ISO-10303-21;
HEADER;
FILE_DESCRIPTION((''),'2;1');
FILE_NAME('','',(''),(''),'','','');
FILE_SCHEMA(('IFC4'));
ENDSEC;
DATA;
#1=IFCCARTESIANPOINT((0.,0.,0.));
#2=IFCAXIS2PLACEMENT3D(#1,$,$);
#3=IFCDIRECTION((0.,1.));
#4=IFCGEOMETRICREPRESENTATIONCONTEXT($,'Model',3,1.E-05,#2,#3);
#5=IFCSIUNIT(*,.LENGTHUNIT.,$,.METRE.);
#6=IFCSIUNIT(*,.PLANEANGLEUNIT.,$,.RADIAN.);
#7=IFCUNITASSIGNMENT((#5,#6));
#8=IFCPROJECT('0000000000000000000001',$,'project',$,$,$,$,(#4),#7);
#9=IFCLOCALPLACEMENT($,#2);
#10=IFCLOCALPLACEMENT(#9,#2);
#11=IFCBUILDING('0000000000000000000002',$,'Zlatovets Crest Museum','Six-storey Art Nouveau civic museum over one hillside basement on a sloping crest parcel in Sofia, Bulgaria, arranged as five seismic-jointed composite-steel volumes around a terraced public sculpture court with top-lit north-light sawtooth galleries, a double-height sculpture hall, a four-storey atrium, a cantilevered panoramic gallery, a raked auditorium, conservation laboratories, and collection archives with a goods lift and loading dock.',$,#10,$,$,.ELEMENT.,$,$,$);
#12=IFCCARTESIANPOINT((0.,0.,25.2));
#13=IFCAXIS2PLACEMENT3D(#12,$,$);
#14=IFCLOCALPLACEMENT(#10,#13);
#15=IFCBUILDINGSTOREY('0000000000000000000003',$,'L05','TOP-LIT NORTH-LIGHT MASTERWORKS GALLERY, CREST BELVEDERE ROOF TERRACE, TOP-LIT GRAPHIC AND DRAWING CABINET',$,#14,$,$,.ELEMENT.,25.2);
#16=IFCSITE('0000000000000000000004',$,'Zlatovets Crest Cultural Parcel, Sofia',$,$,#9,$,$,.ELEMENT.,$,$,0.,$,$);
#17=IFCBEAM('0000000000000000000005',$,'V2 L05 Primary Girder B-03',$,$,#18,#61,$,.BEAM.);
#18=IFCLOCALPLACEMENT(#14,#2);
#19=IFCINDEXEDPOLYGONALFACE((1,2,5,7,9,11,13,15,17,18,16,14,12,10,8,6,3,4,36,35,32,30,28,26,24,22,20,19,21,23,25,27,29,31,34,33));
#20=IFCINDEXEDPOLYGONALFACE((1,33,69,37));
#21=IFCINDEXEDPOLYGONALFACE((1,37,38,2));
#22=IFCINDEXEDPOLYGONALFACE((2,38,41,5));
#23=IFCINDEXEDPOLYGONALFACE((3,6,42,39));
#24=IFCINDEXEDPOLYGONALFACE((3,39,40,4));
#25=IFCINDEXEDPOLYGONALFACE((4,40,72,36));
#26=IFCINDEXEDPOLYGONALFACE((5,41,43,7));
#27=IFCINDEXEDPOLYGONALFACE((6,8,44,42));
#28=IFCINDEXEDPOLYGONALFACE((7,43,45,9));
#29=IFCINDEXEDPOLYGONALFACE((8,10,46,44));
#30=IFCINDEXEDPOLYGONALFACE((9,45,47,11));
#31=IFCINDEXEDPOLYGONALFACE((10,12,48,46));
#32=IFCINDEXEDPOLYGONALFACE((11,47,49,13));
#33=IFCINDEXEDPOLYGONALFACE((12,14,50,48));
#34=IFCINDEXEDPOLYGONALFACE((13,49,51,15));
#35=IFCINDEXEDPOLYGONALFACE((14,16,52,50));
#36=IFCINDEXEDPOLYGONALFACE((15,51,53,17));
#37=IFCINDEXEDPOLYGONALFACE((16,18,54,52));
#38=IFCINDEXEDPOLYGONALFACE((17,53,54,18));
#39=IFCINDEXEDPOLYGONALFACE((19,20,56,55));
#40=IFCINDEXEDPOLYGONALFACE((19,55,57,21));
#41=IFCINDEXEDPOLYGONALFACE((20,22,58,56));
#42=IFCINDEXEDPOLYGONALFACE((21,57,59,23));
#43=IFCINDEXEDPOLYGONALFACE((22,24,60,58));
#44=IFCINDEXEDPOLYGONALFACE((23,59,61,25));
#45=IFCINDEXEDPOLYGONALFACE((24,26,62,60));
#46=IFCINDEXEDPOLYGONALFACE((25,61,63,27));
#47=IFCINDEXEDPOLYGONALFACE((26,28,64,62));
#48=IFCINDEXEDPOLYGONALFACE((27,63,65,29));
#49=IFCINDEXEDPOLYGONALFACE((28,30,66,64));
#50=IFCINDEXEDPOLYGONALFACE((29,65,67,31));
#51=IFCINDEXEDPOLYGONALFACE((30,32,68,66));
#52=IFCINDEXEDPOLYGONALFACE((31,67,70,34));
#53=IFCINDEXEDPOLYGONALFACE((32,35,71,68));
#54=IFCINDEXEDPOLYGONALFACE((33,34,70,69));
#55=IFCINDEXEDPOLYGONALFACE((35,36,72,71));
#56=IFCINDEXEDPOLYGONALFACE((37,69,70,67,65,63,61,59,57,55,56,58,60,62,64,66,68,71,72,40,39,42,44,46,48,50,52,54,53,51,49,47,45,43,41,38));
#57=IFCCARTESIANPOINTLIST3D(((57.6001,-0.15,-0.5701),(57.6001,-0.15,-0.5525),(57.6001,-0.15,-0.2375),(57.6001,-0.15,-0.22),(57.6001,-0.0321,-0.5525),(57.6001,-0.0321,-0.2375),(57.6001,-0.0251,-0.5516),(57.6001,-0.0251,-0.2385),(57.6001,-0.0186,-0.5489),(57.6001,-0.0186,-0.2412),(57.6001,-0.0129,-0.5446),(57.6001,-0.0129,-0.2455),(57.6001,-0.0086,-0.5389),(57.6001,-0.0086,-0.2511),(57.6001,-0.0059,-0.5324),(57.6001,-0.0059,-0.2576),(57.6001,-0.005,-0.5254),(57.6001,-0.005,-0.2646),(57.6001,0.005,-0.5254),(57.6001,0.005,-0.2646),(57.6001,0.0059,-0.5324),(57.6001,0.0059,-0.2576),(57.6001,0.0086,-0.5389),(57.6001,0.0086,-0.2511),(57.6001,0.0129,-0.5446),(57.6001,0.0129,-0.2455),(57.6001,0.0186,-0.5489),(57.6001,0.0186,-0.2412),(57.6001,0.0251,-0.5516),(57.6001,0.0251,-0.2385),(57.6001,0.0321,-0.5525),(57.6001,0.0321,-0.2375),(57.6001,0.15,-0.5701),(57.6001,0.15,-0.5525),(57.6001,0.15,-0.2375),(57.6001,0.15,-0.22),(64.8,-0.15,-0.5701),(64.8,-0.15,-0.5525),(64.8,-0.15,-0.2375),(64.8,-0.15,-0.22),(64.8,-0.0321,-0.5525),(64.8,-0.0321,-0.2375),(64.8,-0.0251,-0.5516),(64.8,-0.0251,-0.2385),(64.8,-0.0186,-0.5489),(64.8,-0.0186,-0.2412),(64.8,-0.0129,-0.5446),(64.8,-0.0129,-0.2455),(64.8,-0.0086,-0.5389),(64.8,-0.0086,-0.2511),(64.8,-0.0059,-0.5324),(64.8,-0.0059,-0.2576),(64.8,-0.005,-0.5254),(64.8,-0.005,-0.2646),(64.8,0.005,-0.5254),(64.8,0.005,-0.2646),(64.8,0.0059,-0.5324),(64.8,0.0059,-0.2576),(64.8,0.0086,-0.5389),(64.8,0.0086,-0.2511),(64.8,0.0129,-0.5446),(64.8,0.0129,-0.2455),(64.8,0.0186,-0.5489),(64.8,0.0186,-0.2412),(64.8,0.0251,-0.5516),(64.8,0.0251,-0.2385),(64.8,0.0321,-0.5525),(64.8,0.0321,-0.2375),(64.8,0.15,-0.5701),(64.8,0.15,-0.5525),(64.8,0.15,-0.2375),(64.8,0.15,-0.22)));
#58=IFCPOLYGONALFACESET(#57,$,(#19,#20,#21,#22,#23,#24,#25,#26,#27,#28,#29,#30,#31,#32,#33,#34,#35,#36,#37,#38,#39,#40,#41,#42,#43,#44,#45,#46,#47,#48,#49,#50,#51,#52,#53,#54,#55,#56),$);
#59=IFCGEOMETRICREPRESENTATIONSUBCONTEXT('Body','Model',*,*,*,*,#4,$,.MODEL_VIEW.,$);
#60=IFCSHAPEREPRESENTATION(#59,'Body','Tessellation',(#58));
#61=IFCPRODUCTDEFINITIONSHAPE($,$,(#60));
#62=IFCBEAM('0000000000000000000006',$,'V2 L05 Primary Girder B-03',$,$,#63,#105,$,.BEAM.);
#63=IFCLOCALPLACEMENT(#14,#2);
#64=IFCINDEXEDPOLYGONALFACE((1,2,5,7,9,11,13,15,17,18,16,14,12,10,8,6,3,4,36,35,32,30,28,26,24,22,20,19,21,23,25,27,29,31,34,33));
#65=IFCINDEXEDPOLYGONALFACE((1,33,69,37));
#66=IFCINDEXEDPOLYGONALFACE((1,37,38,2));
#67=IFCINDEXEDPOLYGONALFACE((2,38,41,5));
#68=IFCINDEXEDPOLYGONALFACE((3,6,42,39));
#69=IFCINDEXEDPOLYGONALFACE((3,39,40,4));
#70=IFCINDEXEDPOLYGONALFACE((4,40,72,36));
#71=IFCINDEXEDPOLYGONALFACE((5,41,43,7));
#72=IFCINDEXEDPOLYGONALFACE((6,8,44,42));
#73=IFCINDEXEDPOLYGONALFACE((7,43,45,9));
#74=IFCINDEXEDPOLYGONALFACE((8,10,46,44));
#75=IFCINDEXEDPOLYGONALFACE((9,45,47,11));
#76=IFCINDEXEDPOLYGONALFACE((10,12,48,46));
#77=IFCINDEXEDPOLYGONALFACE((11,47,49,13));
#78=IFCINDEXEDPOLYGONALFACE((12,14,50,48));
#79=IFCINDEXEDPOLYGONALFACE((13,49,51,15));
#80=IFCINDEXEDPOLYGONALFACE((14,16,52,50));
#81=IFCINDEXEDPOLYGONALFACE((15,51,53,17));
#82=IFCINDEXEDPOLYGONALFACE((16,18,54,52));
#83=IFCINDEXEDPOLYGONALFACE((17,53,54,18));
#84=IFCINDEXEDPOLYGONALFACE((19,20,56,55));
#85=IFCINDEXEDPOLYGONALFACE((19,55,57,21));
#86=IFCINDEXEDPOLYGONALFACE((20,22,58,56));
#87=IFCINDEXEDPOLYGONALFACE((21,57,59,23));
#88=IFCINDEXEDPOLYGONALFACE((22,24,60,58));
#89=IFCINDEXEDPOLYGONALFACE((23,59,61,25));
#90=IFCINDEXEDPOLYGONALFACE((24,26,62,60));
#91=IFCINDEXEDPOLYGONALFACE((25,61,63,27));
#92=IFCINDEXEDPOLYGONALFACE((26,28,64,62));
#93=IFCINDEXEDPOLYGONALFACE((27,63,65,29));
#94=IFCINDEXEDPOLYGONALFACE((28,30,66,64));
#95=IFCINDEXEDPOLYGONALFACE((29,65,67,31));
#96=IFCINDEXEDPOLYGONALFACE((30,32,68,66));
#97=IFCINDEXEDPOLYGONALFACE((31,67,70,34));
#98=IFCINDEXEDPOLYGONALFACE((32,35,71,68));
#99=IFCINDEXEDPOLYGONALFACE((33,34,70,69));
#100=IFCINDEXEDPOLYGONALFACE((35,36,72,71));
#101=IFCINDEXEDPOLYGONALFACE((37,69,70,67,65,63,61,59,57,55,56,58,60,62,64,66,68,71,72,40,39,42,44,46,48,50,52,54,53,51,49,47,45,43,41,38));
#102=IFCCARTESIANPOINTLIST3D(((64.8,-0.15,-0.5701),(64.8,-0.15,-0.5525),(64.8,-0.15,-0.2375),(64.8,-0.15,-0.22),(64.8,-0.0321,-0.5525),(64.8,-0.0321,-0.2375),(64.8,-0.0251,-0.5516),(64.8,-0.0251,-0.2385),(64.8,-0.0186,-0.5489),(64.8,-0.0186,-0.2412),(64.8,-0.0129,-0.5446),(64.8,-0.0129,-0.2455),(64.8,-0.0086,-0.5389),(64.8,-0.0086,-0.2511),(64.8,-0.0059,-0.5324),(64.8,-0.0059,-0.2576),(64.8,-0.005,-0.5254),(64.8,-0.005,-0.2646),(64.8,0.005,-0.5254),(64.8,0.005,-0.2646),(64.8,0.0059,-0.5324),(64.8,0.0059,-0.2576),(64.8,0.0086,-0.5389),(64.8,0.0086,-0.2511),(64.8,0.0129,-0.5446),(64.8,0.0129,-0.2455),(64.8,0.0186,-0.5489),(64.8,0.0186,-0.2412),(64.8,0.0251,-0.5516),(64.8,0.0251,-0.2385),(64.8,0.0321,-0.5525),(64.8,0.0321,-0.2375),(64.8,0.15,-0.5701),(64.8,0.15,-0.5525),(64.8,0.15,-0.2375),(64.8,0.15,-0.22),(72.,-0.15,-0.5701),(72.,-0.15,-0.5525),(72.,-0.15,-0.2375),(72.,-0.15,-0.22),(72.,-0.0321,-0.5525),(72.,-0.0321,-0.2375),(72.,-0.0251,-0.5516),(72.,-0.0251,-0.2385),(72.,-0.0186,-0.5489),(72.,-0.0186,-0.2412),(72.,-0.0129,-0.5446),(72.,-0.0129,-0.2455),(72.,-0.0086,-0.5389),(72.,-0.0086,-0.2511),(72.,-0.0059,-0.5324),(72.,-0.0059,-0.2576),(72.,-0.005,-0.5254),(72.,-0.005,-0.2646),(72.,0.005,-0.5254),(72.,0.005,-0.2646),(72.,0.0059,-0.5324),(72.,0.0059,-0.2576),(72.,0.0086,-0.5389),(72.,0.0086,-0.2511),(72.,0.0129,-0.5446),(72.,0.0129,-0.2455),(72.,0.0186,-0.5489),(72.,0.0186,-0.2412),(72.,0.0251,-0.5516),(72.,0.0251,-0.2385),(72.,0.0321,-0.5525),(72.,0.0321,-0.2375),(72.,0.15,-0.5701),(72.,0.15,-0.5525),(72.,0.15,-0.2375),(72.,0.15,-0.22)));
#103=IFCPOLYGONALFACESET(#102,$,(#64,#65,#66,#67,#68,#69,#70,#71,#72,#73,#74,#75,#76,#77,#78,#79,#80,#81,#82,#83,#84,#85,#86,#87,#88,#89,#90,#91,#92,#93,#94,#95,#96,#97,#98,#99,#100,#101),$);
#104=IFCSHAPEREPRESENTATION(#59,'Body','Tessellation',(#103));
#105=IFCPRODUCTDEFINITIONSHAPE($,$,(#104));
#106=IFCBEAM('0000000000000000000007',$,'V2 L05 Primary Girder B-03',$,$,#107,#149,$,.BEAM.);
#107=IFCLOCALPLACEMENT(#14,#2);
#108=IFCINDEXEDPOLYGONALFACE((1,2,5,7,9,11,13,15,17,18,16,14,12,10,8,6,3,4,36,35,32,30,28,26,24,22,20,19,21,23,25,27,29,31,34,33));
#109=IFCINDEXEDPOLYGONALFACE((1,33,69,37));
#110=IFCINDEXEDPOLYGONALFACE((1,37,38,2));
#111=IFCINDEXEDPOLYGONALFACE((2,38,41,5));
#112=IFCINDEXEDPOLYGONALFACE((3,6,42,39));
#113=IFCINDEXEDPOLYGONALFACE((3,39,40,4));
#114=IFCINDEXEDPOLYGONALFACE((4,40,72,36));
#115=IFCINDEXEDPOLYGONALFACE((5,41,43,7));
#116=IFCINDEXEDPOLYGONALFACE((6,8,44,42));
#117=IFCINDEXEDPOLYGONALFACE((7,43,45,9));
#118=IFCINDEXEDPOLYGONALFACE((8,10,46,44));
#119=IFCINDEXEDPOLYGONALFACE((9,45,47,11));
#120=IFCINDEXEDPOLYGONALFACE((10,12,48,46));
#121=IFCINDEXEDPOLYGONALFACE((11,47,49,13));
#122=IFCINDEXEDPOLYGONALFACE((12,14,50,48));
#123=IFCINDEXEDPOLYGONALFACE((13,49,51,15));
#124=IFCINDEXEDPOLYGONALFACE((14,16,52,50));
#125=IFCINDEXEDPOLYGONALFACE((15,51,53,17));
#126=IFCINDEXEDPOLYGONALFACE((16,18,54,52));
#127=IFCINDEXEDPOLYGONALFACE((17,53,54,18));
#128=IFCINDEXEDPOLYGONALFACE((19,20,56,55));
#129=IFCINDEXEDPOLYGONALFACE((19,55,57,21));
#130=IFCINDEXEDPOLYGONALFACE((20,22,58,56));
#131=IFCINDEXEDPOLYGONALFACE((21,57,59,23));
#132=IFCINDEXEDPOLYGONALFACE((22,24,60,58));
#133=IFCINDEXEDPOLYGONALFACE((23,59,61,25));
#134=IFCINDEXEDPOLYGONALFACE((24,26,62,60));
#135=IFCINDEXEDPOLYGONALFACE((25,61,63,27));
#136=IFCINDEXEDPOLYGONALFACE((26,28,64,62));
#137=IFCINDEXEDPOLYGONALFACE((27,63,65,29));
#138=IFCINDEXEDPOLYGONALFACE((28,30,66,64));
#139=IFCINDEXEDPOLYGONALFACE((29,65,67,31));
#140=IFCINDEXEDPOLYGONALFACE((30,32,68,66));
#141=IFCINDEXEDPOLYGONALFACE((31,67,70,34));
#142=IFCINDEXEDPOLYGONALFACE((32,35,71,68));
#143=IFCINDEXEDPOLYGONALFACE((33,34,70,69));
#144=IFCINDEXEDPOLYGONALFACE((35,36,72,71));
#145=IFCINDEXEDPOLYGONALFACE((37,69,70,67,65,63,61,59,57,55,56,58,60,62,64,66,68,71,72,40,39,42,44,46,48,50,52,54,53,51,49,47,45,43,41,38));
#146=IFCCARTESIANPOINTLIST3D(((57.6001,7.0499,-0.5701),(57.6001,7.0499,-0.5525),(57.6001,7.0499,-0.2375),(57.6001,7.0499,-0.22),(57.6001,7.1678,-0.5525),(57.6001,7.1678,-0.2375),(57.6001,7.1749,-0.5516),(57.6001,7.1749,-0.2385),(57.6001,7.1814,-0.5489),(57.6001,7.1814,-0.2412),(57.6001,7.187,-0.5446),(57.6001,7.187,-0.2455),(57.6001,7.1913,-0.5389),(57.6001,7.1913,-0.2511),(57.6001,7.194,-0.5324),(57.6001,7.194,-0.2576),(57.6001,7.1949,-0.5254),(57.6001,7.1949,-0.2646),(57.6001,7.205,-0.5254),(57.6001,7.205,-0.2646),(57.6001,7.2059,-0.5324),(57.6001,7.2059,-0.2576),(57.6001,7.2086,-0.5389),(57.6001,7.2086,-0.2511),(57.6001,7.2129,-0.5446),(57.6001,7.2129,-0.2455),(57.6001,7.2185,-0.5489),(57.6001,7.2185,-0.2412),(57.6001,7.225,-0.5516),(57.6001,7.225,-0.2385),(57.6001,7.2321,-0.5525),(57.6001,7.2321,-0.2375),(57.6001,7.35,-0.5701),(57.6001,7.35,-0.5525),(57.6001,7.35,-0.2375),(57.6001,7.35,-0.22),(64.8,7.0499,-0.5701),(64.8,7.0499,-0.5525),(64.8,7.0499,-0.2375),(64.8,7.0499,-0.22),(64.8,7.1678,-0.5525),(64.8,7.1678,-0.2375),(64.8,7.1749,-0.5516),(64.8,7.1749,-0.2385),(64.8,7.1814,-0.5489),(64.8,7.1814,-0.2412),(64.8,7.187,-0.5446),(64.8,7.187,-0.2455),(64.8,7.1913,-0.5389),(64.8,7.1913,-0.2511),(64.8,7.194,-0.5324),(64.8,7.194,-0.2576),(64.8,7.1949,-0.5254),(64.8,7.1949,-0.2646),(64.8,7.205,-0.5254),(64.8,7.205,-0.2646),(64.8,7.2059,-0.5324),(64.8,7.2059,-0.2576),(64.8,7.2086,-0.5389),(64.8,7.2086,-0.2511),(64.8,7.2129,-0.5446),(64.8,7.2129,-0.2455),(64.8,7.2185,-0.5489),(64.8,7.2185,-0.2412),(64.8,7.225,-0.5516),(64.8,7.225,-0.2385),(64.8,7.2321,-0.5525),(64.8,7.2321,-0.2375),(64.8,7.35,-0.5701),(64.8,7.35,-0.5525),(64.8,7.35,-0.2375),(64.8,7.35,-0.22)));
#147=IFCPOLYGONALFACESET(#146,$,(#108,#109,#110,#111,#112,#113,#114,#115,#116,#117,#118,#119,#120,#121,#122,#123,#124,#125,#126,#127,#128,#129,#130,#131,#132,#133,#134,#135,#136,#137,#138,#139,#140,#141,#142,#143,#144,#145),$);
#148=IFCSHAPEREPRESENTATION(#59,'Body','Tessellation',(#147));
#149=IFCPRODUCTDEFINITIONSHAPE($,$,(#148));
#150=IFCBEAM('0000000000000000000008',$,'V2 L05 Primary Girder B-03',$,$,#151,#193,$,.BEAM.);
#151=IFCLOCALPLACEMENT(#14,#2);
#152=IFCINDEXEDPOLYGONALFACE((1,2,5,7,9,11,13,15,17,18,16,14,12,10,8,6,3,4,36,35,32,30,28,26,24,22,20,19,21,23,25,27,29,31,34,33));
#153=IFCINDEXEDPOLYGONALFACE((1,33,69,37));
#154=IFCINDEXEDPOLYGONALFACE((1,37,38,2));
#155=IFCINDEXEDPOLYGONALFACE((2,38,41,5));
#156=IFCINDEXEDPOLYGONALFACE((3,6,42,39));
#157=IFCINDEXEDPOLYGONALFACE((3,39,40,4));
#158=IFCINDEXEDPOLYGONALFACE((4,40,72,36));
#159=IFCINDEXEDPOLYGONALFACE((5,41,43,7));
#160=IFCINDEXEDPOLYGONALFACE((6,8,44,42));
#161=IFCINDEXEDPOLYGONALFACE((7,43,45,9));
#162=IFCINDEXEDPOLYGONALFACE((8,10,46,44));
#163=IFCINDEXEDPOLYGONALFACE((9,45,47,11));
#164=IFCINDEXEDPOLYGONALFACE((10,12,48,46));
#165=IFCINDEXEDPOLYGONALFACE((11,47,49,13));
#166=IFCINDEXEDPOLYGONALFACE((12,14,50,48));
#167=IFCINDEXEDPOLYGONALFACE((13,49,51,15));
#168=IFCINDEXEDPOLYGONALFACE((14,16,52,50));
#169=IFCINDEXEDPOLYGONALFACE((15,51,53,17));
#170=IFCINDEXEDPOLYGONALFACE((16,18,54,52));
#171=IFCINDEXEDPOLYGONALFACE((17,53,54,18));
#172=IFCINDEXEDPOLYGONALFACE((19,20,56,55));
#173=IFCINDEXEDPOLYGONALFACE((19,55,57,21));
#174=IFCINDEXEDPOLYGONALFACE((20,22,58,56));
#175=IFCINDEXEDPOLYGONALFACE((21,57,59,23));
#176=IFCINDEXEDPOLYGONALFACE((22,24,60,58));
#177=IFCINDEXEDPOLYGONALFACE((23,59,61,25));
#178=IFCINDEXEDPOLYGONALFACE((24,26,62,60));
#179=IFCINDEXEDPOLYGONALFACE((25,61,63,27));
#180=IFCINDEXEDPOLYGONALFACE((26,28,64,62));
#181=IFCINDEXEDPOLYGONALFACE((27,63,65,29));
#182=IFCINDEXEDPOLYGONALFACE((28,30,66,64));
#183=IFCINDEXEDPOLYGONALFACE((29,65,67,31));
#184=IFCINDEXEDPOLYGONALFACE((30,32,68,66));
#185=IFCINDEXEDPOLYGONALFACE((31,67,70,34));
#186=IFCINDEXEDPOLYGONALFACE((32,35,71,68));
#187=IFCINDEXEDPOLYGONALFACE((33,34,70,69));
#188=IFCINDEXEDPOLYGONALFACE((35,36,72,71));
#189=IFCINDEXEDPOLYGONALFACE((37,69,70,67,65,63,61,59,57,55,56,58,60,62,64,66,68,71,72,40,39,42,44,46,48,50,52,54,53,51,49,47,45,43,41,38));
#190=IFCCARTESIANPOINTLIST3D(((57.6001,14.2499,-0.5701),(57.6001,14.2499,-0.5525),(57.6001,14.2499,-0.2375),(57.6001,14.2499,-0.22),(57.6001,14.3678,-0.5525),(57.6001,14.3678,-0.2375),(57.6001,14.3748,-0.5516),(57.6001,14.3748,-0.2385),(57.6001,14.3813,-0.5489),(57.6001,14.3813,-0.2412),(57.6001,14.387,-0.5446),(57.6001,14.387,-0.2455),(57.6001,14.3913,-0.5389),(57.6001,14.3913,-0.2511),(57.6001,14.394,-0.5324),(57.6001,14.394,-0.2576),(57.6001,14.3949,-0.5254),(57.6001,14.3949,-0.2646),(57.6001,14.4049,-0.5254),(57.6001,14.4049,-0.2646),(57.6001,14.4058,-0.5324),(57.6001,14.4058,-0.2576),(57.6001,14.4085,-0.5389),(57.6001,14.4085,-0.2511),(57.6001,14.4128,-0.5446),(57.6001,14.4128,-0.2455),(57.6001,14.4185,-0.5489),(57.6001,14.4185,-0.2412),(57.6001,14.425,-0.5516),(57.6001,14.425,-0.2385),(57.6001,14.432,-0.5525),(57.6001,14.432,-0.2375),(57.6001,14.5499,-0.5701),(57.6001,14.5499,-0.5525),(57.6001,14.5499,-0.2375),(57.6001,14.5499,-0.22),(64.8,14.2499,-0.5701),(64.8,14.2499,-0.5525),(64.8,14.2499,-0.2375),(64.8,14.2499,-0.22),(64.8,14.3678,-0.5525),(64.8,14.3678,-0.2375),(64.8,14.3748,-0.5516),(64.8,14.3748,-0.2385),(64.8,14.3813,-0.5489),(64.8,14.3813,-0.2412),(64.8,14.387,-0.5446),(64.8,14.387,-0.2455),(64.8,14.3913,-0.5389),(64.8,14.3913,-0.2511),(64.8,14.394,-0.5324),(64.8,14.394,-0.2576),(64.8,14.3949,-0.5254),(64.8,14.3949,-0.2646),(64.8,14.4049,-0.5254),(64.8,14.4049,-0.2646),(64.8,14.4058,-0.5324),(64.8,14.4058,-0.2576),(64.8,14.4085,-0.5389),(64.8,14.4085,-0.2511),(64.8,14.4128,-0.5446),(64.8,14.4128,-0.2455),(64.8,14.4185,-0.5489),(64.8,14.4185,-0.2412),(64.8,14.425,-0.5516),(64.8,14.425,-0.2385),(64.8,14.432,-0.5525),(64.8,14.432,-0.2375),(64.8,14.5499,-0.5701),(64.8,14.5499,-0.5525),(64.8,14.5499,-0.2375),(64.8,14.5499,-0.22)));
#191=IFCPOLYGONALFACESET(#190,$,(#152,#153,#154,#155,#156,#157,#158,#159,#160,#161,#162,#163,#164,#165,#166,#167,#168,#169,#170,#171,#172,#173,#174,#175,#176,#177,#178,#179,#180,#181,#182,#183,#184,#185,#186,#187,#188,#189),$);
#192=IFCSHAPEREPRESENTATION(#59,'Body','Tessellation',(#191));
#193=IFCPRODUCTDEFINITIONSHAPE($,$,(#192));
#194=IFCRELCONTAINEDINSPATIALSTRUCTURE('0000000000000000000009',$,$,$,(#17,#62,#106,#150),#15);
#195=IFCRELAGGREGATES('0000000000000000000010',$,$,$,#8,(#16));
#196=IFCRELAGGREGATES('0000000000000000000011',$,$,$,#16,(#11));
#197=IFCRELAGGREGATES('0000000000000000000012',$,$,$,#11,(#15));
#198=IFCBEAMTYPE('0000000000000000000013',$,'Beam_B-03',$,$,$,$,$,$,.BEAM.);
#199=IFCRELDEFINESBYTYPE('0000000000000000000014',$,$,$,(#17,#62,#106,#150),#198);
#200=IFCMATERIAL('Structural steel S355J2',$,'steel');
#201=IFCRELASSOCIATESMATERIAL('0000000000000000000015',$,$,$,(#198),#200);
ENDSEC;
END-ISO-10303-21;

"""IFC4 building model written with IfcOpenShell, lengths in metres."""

from ifc_helpers import new_model, si_unit, direction, frame, origin, origin_2d, place, context, subcontext, project, spatial, i_section, extrude, material, material_profile, profile_set, type_object, element, save


model = new_model("IFC4")

# Units and contexts
model_context = context("Model", 3, precision=1e-05, world=origin(), true_north=direction((0.0, 1.0)))
body_context = subcontext(model_context, "Body", "Model", "MODEL_VIEW")
ifc_project = project(units=[si_unit("LENGTHUNIT", "METRE"), si_unit("PLANEANGLEUNIT", "RADIAN")], contexts=[model_context])

# Site, building, storey
site_placement = place(None, origin())
site = spatial("IfcSite", under=ifc_project, at=site_placement, Name="Zlatovets Crest Cultural Parcel, Sofia", CompositionType="ELEMENT", RefElevation=0.0)
building_placement = place(site_placement, origin())
building = spatial("IfcBuilding", under=site, at=building_placement, Name="Zlatovets Crest Museum", Description="Six-storey Art Nouveau civic museum over one hillside basement on a sloping crest parcel in Sofia, Bulgaria, arranged as five seismic-jointed composite-steel volumes around a terraced public sculpture court with top-lit north-light sawtooth galleries, a double-height sculpture hall, a four-storey atrium, a cantilevered panoramic gallery, a raked auditorium, conservation laboratories, and collection archives with a goods lift and loading dock.", CompositionType="ELEMENT")
storey_placement = place(building_placement, frame((0.0, 0.0, 25.2)))
storey = spatial("IfcBuildingStorey", under=building, at=storey_placement, Name="L05", Description="TOP-LIT NORTH-LIGHT MASTERWORKS GALLERY, CREST BELVEDERE ROOF TERRACE, TOP-LIT GRAPHIC AND DRAWING CABINET", CompositionType="ELEMENT", Elevation=25.2)

# Beams
ifc_material_1 = material(Name="Structural steel S355J2", Category="steel")
ifc_material_profile_1 = material_profile(ifc_material_1, i_section(OverallWidth=0.3, OverallDepth=0.3501, WebThickness=0.01, FlangeThickness=0.0176, FilletRadius=0.0271, at=origin_2d()), Name="HEA 360")
ifc_profile_set_1 = profile_set([ifc_material_profile_1], Name="Structural steel S355J2")
beam_type_1 = type_object("IfcBeamType", Name="Beam_B-03", PredefinedType="BEAM", material=ifc_profile_set_1)
for number, where, z_axis, x_axis, name in (
    (1, (57.6001, 0.0, -0.395), (1.0, 0.0, 0.0), (0.0, 1.0, 0.0), "V2 L05 Primary Girder B-03"),
    (2, (64.8, 0.0, -0.395), (1.0, 0.0, 0.0), (0.0, 1.0, 0.0), "V2 L05 Primary Girder B-03"),
    (3, (57.6001, 7.2, -0.395), (1.0, 0.0, 0.0), (0.0, 1.0, 0.0), "V2 L05 Primary Girder B-03"),
    (4, (57.6001, 14.3999, -0.395), (1.0, 0.0, 0.0), (0.0, 1.0, 0.0), "V2 L05 Primary Girder B-03"),
):
    element("IfcBeam", number, at=place(storey_placement, frame(where, z_axis=z_axis, x_axis=x_axis)), inside=storey, type_object=beam_type_1, Name=name, PredefinedType="BEAM", context=body_context, shape_type="SweptSolid", body=[
        extrude(i_section(OverallWidth=0.3, OverallDepth=0.3501, WebThickness=0.01, FlangeThickness=0.0176, FilletRadius=0.0271, at=origin_2d()), origin(), (0.0, 0.0, 1.0), 7.2),
    ])

save(model, "model.ifc")
